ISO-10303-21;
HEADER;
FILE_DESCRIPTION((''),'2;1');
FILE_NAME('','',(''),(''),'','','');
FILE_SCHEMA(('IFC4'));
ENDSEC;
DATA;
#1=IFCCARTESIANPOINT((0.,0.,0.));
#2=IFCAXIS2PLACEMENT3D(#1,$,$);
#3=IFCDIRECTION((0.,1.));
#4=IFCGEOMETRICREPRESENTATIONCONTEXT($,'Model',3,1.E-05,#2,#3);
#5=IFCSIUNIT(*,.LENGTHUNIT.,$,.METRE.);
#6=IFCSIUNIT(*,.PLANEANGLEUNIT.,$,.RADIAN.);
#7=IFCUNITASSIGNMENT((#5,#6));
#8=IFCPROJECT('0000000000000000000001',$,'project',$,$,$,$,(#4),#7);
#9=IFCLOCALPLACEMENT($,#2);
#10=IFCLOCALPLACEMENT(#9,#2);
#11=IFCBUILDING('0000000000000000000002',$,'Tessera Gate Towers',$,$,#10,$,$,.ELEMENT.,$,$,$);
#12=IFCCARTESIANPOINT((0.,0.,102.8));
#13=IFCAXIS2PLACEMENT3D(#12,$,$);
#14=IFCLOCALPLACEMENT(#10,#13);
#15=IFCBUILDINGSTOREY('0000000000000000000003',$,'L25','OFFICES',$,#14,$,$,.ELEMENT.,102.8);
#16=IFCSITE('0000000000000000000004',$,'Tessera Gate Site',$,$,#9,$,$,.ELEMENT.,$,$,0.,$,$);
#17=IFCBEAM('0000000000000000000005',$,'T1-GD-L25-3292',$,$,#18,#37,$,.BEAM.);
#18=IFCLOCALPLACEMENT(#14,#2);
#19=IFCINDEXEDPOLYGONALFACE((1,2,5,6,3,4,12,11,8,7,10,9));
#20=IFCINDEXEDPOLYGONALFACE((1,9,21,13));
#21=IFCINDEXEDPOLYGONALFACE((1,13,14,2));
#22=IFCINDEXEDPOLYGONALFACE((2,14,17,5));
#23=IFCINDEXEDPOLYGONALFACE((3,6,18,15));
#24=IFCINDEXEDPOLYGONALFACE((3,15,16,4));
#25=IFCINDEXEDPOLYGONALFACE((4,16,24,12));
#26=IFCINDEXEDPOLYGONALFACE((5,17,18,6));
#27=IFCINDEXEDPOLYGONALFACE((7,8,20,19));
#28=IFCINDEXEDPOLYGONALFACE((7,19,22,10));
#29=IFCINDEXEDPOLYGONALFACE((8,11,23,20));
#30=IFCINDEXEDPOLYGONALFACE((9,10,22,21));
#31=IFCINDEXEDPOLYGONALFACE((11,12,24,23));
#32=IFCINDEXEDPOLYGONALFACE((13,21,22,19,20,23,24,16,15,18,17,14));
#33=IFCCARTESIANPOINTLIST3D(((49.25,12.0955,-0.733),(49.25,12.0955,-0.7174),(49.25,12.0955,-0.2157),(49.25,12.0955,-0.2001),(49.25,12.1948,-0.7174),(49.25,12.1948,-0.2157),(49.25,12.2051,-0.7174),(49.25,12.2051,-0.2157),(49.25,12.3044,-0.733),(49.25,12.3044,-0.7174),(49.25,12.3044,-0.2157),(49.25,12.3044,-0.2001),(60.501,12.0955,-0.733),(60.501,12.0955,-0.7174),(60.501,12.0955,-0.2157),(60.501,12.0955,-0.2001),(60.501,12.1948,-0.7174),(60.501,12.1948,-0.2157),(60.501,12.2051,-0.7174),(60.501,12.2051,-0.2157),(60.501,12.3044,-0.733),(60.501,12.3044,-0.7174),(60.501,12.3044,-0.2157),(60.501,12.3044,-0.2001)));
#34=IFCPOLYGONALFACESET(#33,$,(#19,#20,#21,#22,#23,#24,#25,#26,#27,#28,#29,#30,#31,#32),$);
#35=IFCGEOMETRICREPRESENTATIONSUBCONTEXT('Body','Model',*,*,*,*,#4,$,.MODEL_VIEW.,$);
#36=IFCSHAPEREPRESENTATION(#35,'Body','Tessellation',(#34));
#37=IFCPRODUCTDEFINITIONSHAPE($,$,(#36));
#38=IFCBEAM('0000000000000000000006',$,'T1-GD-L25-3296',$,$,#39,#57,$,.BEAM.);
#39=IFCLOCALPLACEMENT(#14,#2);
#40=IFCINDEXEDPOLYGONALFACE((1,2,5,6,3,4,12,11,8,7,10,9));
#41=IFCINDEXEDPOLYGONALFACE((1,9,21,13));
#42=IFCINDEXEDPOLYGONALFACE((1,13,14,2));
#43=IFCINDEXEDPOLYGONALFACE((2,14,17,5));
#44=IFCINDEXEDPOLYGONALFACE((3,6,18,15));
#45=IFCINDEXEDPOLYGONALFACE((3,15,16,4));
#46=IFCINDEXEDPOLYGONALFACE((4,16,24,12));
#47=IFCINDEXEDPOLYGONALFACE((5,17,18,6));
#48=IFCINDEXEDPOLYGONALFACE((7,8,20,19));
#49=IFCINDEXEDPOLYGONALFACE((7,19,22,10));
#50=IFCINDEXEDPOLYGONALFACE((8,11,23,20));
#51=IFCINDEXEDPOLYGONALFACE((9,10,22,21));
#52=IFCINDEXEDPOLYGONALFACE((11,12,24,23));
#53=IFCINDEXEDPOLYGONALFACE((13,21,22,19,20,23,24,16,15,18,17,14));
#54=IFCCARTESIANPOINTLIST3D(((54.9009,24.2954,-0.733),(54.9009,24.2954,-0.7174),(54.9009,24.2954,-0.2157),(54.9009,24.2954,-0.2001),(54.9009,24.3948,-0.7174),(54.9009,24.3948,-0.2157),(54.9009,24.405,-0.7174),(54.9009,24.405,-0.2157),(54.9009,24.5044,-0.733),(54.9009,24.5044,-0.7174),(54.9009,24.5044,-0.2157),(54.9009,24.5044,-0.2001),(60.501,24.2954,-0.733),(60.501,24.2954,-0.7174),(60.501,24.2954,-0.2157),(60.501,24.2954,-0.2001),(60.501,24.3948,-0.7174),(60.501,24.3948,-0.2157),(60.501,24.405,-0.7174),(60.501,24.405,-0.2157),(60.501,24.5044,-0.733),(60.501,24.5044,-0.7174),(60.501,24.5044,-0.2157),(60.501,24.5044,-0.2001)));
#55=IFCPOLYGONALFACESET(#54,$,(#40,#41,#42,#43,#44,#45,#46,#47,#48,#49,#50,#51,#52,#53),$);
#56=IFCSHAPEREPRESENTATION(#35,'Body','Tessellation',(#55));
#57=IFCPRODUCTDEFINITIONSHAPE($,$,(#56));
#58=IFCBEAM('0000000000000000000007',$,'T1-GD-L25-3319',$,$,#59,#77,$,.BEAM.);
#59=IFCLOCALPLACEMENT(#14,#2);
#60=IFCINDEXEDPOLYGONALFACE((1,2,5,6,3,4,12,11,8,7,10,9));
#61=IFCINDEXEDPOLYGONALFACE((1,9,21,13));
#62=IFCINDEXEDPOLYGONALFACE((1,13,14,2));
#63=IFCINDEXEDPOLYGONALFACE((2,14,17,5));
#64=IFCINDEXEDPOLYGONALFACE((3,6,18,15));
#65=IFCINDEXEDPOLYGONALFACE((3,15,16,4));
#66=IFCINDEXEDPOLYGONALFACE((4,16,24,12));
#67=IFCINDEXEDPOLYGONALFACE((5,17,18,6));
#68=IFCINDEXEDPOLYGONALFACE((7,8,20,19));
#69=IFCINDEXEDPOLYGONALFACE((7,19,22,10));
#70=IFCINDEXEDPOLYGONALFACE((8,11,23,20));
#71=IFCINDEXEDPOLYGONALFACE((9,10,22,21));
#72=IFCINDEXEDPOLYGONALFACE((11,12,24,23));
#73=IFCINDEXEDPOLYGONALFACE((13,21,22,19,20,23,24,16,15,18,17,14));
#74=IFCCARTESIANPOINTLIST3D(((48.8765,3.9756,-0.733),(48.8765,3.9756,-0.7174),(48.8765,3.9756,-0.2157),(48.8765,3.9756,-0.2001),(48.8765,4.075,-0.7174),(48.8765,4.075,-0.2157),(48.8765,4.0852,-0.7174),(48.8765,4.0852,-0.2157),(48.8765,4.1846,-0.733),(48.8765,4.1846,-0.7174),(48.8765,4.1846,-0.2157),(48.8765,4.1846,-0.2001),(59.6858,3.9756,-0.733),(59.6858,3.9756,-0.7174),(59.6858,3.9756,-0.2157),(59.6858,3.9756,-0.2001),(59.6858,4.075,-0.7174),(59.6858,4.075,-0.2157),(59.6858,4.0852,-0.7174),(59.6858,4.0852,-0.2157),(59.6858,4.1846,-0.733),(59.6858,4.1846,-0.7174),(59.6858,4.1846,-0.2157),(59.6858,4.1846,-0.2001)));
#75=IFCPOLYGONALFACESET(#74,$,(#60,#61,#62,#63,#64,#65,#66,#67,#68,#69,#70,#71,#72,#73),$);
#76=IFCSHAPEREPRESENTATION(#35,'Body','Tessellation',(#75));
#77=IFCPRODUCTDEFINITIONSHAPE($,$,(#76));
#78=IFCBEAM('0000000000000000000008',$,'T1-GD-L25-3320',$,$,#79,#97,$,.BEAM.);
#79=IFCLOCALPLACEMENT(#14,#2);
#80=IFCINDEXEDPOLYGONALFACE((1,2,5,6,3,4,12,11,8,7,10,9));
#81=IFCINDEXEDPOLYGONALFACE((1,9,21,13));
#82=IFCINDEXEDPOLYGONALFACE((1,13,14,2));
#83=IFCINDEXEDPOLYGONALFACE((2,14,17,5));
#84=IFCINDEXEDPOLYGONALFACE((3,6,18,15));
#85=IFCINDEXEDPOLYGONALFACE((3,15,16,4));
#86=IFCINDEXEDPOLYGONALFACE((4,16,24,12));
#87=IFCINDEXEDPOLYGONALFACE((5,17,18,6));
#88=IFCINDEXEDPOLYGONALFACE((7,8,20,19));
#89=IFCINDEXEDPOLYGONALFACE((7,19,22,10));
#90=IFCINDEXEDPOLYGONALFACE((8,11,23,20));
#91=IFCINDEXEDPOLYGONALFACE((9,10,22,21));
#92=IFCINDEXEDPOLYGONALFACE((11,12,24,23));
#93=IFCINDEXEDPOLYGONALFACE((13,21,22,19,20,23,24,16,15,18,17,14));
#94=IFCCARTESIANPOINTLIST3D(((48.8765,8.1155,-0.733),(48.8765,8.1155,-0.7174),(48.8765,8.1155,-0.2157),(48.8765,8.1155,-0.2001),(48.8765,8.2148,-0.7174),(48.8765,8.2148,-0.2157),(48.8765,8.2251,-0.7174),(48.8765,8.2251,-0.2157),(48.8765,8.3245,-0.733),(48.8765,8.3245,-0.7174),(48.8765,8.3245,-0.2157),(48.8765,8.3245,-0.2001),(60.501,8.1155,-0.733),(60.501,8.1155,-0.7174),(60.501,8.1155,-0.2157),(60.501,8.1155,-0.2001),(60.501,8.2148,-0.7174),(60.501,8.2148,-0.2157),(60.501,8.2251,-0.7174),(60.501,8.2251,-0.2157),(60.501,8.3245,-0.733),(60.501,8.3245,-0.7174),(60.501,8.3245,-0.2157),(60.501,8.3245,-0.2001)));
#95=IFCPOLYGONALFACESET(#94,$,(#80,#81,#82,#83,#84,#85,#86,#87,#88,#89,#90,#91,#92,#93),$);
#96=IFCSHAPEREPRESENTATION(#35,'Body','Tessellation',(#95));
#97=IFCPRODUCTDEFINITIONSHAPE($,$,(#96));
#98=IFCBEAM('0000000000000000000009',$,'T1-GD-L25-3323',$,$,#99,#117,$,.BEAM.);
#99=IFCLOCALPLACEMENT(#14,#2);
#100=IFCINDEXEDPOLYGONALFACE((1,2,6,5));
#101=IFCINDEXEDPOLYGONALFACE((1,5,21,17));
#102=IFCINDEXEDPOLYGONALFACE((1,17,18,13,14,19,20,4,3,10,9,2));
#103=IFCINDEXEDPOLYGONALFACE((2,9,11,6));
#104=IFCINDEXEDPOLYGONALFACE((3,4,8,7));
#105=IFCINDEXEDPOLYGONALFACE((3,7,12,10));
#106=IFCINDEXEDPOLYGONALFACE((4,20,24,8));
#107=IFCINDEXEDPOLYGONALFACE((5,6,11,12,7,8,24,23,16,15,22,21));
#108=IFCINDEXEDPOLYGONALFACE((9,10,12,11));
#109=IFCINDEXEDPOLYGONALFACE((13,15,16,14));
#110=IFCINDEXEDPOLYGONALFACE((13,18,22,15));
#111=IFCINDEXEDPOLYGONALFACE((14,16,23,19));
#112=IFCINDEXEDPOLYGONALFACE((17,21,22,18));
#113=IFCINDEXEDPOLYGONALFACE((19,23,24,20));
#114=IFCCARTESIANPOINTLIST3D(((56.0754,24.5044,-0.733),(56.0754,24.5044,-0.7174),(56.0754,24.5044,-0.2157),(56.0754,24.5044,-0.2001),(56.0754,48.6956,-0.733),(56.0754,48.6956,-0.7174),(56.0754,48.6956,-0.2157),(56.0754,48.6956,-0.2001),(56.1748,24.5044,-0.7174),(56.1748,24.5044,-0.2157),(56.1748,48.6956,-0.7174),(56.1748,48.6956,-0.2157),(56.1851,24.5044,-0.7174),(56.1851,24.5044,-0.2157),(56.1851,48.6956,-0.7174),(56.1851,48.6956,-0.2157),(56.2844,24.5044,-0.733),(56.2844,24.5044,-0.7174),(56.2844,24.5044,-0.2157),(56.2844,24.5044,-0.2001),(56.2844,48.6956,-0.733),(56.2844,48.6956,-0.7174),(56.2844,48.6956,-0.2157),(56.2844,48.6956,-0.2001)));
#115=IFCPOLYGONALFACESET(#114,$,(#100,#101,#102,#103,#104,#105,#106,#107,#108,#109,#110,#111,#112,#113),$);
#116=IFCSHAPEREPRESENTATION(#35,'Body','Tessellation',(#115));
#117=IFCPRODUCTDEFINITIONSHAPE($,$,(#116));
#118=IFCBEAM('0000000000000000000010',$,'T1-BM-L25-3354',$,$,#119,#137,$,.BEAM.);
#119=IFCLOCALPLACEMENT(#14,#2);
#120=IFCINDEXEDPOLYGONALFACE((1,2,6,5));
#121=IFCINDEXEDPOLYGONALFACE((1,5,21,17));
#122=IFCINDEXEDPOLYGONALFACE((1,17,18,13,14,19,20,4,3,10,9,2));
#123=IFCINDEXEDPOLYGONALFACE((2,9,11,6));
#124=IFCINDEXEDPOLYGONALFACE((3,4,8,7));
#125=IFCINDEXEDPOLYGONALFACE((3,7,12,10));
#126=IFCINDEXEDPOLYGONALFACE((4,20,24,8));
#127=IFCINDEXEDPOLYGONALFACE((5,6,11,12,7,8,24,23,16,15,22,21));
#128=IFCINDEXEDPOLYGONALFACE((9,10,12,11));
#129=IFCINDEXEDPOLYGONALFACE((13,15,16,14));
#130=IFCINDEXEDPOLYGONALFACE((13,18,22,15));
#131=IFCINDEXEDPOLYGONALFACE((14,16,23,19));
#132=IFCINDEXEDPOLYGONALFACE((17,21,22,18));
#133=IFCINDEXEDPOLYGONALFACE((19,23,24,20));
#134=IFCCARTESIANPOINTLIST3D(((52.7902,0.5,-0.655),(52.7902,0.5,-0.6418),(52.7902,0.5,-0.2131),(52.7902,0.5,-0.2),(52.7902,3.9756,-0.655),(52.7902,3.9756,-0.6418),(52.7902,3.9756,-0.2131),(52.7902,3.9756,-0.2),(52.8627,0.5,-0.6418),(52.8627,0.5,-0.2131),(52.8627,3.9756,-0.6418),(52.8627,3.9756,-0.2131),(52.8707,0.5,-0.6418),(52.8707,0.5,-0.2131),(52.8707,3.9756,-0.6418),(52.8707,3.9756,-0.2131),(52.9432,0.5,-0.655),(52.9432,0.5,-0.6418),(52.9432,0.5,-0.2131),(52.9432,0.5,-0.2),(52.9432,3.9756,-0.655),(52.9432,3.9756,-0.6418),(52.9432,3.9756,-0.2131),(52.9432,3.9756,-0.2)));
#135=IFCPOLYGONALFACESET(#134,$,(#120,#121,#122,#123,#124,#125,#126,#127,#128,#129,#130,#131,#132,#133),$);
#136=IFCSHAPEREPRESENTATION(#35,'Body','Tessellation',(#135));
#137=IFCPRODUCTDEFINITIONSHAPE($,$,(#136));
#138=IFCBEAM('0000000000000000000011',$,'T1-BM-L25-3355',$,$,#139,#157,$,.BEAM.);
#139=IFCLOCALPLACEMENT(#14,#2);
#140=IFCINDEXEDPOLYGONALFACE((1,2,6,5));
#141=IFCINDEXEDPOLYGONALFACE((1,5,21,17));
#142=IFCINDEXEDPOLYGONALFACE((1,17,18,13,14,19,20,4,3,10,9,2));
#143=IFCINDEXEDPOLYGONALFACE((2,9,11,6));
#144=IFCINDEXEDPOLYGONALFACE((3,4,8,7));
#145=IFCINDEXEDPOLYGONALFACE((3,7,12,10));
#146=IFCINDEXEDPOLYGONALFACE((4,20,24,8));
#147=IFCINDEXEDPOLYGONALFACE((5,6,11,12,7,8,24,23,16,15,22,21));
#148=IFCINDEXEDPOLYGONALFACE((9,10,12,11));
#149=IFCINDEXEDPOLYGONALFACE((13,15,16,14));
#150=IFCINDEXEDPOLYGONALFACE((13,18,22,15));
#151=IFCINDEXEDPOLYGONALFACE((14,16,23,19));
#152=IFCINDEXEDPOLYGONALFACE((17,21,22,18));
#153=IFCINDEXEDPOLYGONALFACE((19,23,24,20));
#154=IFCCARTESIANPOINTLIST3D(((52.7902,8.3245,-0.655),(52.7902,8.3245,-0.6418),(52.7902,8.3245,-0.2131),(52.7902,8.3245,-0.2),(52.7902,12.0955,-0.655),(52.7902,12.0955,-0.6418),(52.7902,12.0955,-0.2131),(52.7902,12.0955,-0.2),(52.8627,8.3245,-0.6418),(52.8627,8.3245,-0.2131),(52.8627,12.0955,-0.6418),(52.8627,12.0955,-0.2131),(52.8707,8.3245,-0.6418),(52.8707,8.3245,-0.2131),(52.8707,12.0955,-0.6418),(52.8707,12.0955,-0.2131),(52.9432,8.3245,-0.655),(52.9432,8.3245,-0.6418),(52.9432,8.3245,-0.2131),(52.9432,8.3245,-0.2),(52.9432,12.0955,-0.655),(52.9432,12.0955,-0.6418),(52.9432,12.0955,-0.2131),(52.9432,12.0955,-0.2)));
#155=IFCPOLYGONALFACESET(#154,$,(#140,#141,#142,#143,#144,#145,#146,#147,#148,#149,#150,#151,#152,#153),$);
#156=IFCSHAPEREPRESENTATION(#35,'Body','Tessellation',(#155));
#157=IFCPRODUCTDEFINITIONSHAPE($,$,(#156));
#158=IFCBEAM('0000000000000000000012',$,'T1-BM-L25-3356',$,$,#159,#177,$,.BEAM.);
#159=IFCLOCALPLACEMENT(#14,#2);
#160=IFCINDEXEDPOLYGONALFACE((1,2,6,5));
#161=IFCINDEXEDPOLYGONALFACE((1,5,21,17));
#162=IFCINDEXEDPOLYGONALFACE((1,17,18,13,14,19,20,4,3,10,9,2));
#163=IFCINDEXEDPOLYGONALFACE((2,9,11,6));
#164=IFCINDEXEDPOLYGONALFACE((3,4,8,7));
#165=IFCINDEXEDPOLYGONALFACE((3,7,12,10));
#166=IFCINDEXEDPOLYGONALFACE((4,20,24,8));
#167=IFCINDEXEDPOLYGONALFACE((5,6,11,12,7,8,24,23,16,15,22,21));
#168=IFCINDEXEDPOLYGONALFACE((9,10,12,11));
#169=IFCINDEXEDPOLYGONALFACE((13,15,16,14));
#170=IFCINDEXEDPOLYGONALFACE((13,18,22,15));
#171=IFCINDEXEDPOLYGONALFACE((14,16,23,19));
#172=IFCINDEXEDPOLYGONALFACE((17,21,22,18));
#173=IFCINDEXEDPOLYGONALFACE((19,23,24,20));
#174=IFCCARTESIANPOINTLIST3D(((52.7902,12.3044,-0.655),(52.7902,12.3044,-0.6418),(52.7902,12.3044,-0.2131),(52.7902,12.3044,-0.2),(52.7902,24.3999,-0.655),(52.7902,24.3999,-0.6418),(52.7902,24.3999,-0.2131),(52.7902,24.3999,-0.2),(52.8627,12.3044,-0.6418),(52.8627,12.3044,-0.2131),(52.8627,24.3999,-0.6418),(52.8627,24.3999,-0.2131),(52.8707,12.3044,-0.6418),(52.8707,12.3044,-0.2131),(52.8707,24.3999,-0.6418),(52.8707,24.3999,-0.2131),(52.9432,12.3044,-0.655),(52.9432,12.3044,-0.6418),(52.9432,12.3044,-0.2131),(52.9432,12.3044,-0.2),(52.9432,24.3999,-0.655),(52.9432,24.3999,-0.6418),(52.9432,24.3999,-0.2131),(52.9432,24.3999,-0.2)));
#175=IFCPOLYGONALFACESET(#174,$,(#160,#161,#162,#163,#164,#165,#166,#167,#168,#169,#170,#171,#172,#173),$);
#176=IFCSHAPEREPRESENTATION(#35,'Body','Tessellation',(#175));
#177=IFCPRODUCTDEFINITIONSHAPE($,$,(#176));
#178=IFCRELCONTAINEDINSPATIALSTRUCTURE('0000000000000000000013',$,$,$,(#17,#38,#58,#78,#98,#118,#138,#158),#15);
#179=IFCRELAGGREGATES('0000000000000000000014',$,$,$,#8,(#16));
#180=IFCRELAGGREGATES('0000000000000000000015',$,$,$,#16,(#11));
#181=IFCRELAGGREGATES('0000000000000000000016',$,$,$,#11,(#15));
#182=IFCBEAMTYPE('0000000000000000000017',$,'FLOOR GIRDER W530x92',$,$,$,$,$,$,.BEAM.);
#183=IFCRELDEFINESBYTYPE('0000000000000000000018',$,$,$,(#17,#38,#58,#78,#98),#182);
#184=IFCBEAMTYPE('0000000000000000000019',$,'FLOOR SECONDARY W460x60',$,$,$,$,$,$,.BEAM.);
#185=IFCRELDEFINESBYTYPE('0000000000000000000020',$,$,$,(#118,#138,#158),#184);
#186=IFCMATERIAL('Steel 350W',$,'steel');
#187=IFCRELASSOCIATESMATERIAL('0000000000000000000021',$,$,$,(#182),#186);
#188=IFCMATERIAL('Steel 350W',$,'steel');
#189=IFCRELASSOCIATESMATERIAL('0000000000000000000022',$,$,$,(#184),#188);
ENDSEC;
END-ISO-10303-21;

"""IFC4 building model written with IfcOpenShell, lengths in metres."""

from ifc_helpers import new_model, si_unit, direction, frame, origin, origin_2d, place, context, subcontext, project, spatial, i_section, extrude, material, material_profile, profile_set, type_object, element, save


model = new_model("IFC4")

# Units and contexts
model_context = context("Model", 3, precision=1e-05, world=origin(), true_north=direction((0.0, 1.0)))
body_context = subcontext(model_context, "Body", "Model", "MODEL_VIEW")
ifc_project = project(units=[si_unit("LENGTHUNIT", "METRE"), si_unit("PLANEANGLEUNIT", "RADIAN")], contexts=[model_context])

# Site, building, storey
site_placement = place(None, origin())
site = spatial("IfcSite", under=ifc_project, at=site_placement, Name="Tessera Gate Site", CompositionType="ELEMENT", RefElevation=0.0)
building_placement = place(site_placement, origin())
building = spatial("IfcBuilding", under=site, at=building_placement, Name="Tessera Gate Towers", CompositionType="ELEMENT")
storey_placement = place(building_placement, frame((0.0, 0.0, 102.8)))
storey = spatial("IfcBuildingStorey", under=building, at=storey_placement, Name="L25", Description="OFFICES", CompositionType="ELEMENT", Elevation=102.8)

# Beams
ifc_material_1 = material(Name="Steel 350W", Category="steel")
ifc_material_profile_1 = material_profile(ifc_material_1, i_section(OverallWidth=0.209, OverallDepth=0.533, WebThickness=0.0103, FlangeThickness=0.0156, at=origin_2d()), Name="W530x92")
ifc_profile_set_1 = profile_set([ifc_material_profile_1], Name="Steel 350W")
beam_type_1 = type_object("IfcBeamType", Name="FLOOR GIRDER W530x92", PredefinedType="BEAM", material=ifc_profile_set_1)
beam_1_placement = place(storey_placement, frame((49.25, 12.2, -0.4666), z_axis=(1.0, 0.0, 0.0), x_axis=(0.0, 1.0, 0.0)))
element("IfcBeam", 1, at=beam_1_placement, inside=storey, type_object=beam_type_1, Name="T1-GD-L25-3292", PredefinedType="BEAM", context=body_context, shape_type="SweptSolid", body=[
    extrude(i_section(OverallWidth=0.209, OverallDepth=0.533, WebThickness=0.0103, FlangeThickness=0.0156, at=origin_2d()), origin(), (0.0, 0.0, 1.0), 11.251),
])
beam_2_placement = place(storey_placement, frame((54.9009, 24.3999, -0.4666), z_axis=(1.0, 0.0, 0.0), x_axis=(0.0, 1.0, 0.0)))
element("IfcBeam", 2, at=beam_2_placement, inside=storey, type_object=beam_type_1, Name="T1-GD-L25-3296", PredefinedType="BEAM", context=body_context, shape_type="SweptSolid", body=[
    extrude(i_section(OverallWidth=0.209, OverallDepth=0.533, WebThickness=0.0103, FlangeThickness=0.0156, at=origin_2d()), origin(), (0.0, 0.0, 1.0), 5.6001),
])
beam_3_placement = place(storey_placement, frame((48.8765, 4.0801, -0.4666), z_axis=(1.0, 0.0, 0.0), x_axis=(0.0, 1.0, 0.0)))
element("IfcBeam", 3, at=beam_3_placement, inside=storey, type_object=beam_type_1, Name="T1-GD-L25-3319", PredefinedType="BEAM", context=body_context, shape_type="SweptSolid", body=[
    extrude(i_section(OverallWidth=0.209, OverallDepth=0.533, WebThickness=0.0103, FlangeThickness=0.0156, at=origin_2d()), origin(), (0.0, 0.0, 1.0), 10.8093),
])
beam_4_placement = place(storey_placement, frame((48.8765, 8.22, -0.4666), z_axis=(1.0, 0.0, 0.0), x_axis=(0.0, 1.0, 0.0)))
element("IfcBeam", 4, at=beam_4_placement, inside=storey, type_object=beam_type_1, Name="T1-GD-L25-3320", PredefinedType="BEAM", context=body_context, shape_type="SweptSolid", body=[
    extrude(i_section(OverallWidth=0.209, OverallDepth=0.533, WebThickness=0.0103, FlangeThickness=0.0156, at=origin_2d()), origin(), (0.0, 0.0, 1.0), 11.6245),
])
beam_5_placement = place(storey_placement, frame((56.1799, 24.5044, -0.4666), z_axis=(0.0, 1.0, 0.0), x_axis=(-1.0, 0.0, 0.0)))
element("IfcBeam", 5, at=beam_5_placement, inside=storey, type_object=beam_type_1, Name="T1-GD-L25-3323", PredefinedType="BEAM", context=body_context, shape_type="SweptSolid", body=[
    extrude(i_section(OverallWidth=0.209, OverallDepth=0.533, WebThickness=0.0103, FlangeThickness=0.0156, at=origin_2d()), origin(), (0.0, 0.0, 1.0), 24.1912),
])
ifc_material_2 = material(Name="Steel 350W", Category="steel")
ifc_material_profile_2 = material_profile(ifc_material_2, i_section(OverallWidth=0.1531, OverallDepth=0.4551, WebThickness=0.0081, FlangeThickness=0.0132, at=origin_2d()), Name="W460x60")
ifc_profile_set_2 = profile_set([ifc_material_profile_2], Name="Steel 350W")
beam_type_2 = type_object("IfcBeamType", Name="FLOOR SECONDARY W460x60", PredefinedType="BEAM", material=ifc_profile_set_2)
beam_6_placement = place(storey_placement, frame((52.8667, 0.5, -0.4275), z_axis=(0.0, 1.0, 0.0), x_axis=(-1.0, 0.0, 0.0)))
element("IfcBeam", 6, at=beam_6_placement, inside=storey, type_object=beam_type_2, Name="T1-BM-L25-3354", PredefinedType="BEAM", context=body_context, shape_type="SweptSolid", body=[
    extrude(i_section(OverallWidth=0.1531, OverallDepth=0.4551, WebThickness=0.0081, FlangeThickness=0.0132, at=origin_2d()), origin(), (0.0, 0.0, 1.0), 3.4756),
])
beam_7_placement = place(storey_placement, frame((52.8667, 8.3245, -0.4275), z_axis=(0.0, 1.0, 0.0), x_axis=(-1.0, 0.0, 0.0)))
element("IfcBeam", 7, at=beam_7_placement, inside=storey, type_object=beam_type_2, Name="T1-BM-L25-3355", PredefinedType="BEAM", context=body_context, shape_type="SweptSolid", body=[
    extrude(i_section(OverallWidth=0.1531, OverallDepth=0.4551, WebThickness=0.0081, FlangeThickness=0.0132, at=origin_2d()), origin(), (0.0, 0.0, 1.0), 3.771),
])
beam_8_placement = place(storey_placement, frame((52.8667, 12.3044, -0.4275), z_axis=(0.0, 1.0, 0.0), x_axis=(-1.0, 0.0, 0.0)))
element("IfcBeam", 8, at=beam_8_placement, inside=storey, type_object=beam_type_2, Name="T1-BM-L25-3356", PredefinedType="BEAM", context=body_context, shape_type="SweptSolid", body=[
    extrude(i_section(OverallWidth=0.1531, OverallDepth=0.4551, WebThickness=0.0081, FlangeThickness=0.0132, at=origin_2d()), origin(), (0.0, 0.0, 1.0), 12.0955),
])

save(model, "model.ifc")
